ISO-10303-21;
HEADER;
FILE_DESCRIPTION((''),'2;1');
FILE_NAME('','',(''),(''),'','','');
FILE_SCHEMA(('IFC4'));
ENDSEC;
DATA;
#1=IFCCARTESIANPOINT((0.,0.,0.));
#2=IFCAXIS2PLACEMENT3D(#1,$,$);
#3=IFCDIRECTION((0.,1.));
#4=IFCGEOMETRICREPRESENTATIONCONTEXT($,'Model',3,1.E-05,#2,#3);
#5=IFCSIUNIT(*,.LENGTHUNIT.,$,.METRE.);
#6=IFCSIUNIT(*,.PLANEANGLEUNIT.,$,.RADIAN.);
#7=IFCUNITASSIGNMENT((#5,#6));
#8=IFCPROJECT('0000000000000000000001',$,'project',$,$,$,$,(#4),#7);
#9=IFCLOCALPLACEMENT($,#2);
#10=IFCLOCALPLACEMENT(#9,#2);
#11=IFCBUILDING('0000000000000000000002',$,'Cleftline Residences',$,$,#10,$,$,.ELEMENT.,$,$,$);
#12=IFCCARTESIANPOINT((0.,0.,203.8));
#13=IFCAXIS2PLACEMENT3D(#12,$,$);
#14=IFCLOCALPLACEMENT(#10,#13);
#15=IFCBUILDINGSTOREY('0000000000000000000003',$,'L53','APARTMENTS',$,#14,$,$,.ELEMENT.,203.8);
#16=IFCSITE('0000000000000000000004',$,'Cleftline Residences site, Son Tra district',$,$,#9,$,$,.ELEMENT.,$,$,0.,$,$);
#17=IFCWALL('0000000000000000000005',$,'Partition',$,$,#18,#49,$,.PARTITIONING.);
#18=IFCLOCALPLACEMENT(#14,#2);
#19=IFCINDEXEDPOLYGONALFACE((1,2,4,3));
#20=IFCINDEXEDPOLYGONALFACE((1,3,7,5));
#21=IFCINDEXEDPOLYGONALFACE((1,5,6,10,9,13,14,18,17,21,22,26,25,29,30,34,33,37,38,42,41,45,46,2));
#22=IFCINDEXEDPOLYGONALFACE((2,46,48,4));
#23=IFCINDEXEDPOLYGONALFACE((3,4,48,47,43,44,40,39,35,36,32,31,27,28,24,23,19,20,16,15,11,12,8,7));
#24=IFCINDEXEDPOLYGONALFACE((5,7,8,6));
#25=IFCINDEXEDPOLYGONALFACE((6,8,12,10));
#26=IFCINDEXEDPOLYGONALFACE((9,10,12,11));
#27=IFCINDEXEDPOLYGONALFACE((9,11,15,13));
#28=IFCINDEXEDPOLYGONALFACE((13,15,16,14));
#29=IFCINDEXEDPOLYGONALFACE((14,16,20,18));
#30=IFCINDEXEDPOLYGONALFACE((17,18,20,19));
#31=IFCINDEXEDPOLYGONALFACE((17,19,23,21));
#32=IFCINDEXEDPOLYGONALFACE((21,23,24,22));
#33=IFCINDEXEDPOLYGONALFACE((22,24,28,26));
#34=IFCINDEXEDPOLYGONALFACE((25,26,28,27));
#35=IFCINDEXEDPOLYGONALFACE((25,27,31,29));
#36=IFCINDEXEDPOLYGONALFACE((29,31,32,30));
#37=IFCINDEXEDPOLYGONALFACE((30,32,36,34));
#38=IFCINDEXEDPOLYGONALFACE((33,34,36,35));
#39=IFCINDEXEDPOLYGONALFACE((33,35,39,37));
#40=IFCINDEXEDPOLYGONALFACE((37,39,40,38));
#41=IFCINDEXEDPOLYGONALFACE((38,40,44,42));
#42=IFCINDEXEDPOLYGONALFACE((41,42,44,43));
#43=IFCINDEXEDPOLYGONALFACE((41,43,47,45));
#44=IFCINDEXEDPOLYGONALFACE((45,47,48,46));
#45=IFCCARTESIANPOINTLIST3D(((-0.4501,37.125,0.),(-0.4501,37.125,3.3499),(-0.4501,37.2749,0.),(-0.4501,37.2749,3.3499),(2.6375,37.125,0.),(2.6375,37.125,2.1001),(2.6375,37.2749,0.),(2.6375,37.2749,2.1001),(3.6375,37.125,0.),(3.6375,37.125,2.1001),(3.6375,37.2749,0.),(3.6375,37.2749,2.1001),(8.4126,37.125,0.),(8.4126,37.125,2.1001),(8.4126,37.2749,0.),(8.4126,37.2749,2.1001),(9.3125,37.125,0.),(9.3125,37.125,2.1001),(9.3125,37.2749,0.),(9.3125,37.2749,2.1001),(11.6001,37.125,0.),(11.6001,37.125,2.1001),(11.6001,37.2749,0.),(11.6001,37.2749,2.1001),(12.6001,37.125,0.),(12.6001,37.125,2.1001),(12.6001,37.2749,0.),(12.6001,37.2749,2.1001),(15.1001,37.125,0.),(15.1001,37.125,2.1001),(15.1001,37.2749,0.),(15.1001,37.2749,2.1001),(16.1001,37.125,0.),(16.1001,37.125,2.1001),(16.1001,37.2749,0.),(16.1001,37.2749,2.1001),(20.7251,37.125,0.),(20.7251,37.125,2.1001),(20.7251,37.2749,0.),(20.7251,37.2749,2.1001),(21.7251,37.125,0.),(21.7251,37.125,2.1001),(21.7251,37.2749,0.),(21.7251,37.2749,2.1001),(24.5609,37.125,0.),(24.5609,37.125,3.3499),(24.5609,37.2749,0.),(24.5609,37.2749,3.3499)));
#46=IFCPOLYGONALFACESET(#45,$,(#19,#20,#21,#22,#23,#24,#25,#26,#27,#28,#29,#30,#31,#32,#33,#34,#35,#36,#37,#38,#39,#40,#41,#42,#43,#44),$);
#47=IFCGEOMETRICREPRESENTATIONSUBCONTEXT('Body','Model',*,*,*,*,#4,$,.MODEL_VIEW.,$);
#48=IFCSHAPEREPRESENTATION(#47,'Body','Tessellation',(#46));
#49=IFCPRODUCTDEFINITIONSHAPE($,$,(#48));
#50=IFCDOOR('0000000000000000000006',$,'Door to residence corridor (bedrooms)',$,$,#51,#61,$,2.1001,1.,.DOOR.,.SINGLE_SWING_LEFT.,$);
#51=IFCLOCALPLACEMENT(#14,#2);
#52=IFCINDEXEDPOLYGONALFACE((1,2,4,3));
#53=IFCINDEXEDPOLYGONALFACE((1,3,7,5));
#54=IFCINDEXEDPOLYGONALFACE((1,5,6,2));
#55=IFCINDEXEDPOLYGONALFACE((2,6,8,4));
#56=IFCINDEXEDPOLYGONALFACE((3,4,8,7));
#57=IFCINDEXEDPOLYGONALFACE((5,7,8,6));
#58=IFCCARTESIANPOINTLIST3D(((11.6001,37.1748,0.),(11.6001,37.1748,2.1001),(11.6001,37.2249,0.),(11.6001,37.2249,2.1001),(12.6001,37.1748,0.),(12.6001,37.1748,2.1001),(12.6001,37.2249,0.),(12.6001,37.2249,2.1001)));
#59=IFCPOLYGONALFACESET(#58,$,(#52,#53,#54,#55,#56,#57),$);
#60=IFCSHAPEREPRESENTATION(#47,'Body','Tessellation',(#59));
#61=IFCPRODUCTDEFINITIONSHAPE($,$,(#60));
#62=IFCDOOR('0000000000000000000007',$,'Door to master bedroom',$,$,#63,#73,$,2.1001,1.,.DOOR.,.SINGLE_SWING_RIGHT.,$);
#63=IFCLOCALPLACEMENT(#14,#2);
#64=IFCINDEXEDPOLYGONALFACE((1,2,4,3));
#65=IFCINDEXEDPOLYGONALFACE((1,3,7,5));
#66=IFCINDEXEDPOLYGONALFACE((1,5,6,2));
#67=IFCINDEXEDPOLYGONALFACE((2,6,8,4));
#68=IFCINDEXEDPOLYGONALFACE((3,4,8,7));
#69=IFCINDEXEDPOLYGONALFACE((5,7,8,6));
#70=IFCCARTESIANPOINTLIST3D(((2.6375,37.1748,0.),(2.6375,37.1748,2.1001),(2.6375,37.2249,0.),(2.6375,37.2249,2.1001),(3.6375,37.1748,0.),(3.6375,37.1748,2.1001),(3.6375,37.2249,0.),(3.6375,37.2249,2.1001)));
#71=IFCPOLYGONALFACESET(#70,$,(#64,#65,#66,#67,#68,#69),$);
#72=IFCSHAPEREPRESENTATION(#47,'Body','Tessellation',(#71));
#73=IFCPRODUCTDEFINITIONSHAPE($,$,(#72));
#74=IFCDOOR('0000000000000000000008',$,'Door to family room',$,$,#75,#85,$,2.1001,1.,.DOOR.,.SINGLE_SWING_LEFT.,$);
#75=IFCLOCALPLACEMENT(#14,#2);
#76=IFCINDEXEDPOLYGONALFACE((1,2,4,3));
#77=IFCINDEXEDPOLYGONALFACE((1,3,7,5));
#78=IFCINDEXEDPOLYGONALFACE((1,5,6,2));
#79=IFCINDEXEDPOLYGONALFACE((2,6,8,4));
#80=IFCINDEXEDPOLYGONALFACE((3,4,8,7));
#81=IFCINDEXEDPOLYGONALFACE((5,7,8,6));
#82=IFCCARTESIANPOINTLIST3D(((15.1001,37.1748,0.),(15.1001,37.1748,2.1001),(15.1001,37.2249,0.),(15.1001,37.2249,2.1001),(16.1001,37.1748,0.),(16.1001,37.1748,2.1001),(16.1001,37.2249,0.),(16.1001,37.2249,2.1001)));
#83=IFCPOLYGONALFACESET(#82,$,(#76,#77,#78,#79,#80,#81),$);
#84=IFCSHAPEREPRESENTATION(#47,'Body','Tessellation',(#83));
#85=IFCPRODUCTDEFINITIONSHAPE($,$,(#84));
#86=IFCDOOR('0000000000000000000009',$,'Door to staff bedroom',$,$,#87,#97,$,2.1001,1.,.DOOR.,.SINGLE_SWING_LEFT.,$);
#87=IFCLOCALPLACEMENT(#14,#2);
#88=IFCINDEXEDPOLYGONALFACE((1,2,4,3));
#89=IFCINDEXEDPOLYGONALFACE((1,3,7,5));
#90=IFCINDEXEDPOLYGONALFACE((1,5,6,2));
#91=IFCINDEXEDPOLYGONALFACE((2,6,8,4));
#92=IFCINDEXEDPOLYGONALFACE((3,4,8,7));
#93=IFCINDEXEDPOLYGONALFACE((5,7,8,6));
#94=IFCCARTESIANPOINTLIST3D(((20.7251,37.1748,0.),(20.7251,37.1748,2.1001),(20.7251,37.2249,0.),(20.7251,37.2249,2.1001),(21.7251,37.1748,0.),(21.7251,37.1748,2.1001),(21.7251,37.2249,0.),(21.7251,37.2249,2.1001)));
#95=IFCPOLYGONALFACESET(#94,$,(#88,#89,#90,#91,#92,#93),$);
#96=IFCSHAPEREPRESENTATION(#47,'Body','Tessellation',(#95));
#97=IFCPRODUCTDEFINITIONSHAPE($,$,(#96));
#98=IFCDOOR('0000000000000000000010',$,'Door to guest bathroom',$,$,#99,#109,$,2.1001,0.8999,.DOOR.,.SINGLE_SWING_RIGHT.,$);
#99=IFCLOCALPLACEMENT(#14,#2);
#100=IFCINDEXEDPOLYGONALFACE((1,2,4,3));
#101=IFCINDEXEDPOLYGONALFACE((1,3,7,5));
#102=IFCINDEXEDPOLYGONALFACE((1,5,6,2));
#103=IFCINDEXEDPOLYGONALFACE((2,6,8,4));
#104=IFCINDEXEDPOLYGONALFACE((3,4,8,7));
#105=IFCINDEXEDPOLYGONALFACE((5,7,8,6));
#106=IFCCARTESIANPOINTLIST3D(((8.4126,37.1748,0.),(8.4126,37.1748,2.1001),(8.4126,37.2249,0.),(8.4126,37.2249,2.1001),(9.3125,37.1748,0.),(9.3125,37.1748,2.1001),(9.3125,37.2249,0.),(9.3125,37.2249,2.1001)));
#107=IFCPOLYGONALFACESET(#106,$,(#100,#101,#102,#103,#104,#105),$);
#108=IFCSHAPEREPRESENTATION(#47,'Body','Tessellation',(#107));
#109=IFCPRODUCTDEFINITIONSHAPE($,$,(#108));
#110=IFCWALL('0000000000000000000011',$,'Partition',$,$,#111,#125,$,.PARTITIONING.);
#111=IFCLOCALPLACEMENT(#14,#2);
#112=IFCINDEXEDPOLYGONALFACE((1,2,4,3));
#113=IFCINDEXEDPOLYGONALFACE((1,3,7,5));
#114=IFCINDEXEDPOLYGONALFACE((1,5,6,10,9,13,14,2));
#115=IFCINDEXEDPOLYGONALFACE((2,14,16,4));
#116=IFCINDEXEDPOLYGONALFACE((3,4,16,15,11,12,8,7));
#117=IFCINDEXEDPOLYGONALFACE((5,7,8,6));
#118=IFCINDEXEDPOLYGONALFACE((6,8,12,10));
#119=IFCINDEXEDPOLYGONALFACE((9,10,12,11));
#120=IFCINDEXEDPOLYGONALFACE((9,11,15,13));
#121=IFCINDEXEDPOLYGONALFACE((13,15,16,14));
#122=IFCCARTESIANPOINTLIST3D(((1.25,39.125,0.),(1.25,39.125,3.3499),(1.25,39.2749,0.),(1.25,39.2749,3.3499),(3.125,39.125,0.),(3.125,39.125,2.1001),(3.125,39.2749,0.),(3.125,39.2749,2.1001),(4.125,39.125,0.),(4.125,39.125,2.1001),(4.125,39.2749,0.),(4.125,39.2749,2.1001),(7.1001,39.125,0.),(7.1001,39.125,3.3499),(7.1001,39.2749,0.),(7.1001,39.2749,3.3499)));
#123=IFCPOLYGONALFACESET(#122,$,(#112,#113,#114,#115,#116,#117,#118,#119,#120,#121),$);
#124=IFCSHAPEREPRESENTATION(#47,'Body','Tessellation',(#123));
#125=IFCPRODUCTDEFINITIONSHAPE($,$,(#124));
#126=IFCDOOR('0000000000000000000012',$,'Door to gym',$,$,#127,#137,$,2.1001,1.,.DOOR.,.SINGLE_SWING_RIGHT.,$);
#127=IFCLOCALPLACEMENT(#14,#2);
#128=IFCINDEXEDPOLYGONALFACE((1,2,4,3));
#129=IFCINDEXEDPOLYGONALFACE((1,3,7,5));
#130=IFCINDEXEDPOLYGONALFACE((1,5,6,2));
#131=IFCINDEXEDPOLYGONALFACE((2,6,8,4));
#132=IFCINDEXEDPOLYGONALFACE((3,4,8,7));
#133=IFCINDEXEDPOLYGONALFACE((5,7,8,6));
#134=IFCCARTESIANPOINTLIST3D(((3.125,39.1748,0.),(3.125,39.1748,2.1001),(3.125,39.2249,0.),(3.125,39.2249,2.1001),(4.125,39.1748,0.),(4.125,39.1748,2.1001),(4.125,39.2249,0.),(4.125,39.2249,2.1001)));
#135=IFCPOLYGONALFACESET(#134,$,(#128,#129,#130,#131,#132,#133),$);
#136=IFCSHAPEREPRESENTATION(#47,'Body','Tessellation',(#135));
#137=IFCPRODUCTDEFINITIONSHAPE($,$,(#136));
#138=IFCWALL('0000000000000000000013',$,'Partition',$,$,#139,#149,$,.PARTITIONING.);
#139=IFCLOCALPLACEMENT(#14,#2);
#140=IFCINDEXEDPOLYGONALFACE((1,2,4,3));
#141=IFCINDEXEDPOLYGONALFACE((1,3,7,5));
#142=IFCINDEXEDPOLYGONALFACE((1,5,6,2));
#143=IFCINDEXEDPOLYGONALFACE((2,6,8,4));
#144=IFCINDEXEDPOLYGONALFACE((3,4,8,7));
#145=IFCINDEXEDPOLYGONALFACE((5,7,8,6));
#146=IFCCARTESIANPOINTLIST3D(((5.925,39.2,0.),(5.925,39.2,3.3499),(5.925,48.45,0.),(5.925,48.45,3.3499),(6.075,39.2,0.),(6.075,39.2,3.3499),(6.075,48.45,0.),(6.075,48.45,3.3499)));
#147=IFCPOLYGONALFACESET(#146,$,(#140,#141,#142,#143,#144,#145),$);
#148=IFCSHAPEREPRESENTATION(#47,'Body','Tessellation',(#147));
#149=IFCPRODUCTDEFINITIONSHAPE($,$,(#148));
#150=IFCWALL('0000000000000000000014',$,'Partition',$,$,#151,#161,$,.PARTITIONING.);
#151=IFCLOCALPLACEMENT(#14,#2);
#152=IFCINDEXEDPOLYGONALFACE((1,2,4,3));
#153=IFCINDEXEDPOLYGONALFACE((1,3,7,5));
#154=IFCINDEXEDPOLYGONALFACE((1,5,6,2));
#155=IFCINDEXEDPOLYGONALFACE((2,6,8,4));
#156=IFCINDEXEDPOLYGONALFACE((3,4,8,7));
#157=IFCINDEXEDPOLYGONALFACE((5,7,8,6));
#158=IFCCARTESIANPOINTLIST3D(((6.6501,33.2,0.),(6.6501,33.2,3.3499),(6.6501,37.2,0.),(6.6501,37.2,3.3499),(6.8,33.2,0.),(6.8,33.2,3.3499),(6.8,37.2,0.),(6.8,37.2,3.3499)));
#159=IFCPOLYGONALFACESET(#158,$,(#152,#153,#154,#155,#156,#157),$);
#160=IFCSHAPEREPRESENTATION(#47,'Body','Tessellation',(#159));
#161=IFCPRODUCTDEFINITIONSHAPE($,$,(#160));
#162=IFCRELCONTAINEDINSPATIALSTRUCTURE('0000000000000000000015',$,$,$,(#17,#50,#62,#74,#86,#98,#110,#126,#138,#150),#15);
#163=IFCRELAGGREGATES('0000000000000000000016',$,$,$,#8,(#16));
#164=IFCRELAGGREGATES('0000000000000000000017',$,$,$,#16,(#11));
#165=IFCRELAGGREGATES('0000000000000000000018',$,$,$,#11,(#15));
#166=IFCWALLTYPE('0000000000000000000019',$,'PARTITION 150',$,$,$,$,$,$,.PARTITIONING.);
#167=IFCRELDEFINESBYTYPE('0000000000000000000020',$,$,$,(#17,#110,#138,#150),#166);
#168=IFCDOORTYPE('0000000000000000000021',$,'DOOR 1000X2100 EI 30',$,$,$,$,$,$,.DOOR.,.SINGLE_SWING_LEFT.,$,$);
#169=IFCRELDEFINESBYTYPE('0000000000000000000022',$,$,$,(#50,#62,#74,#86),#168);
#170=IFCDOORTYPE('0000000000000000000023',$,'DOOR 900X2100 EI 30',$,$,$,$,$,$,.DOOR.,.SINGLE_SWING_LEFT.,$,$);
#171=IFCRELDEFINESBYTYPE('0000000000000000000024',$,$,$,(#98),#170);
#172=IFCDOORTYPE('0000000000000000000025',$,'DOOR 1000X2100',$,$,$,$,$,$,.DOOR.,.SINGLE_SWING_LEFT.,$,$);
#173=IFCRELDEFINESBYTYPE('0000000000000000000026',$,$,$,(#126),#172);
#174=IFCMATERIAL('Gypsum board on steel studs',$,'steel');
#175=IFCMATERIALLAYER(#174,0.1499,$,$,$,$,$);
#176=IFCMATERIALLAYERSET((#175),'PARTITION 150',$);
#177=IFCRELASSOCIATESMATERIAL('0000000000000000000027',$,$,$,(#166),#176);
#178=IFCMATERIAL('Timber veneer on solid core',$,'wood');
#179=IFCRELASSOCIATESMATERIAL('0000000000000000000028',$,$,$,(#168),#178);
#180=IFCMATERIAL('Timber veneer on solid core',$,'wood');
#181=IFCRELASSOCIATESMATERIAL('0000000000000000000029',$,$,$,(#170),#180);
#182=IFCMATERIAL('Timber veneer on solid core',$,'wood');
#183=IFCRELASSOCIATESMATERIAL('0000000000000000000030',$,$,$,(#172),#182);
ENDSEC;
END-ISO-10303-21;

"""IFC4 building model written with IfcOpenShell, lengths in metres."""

from ifc_helpers import new_model, si_unit, direction, frame, frame_2d, origin, place, context, subcontext, project, spatial, rectangle, extrude, material, layer, layer_set, type_object, element, fill, save


model = new_model("IFC4")

# Units and contexts
model_context = context("Model", 3, precision=1e-05, world=origin(), true_north=direction((0.0, 1.0)))
body_context = subcontext(model_context, "Body", "Model", "MODEL_VIEW")
ifc_project = project(units=[si_unit("LENGTHUNIT", "METRE"), si_unit("PLANEANGLEUNIT", "RADIAN")], contexts=[model_context])

# Site, building, storey
site_placement = place(None, origin())
site = spatial("IfcSite", under=ifc_project, at=site_placement, Name="Cleftline Residences site, Son Tra district", CompositionType="ELEMENT", RefElevation=0.0)
building_placement = place(site_placement, origin())
building = spatial("IfcBuilding", under=site, at=building_placement, Name="Cleftline Residences", CompositionType="ELEMENT")
storey_placement = place(building_placement, frame((0.0, 0.0, 203.8)))
storey = spatial("IfcBuildingStorey", under=building, at=storey_placement, Name="L53", Description="APARTMENTS", CompositionType="ELEMENT", Elevation=203.8)

# Shared definitions
ifc_material_1 = material(Name="Gypsum board on steel studs", Category="steel")
ifc_layer = layer(ifc_material_1, 0.1499)
ifc_layer_set = layer_set([ifc_layer], Name="PARTITION 150")
wall_type = type_object("IfcWallType", Name="PARTITION 150", PredefinedType="PARTITIONING", material=ifc_layer_set)

# Wall, openings, doors
wall_1_placement = place(storey_placement, frame((-0.45, 37.2, 0.0), z_axis=(0.0, 0.0, 1.0), x_axis=(1.0, 0.0, 0.0)))
wall_1 = element("IfcWall", 1, at=wall_1_placement, inside=storey, type_object=wall_type, Name="Partition", PredefinedType="PARTITIONING", context=body_context, shape_type="SweptSolid", body=[
    extrude(rectangle(XDim=25.011, YDim=0.1499, at=frame_2d((12.5054, 0.0))), origin(), (0.0, 0.0, 1.0), 3.3499),
])
opening_1_placement = place(wall_1_placement, frame((12.05, 0.0, 0.0)))
opening_1 = element("IfcOpeningElement", 2, at=opening_1_placement, cuts=wall_1, PredefinedType="OPENING", context=body_context, shape_type="SweptSolid", body=[
    extrude(rectangle(XDim=1.0, YDim=2.1001, at=frame_2d((0.5, 1.05))), frame((0.0, 0.085, 0.0), z_axis=(0.0, -1.0, 0.0), x_axis=(1.0, 0.0, 0.0)), (0.0, 0.0, 1.0), 0.1699),
])
opening_2_placement = place(wall_1_placement, frame((3.0874, 0.0, 0.0)))
opening_2 = element("IfcOpeningElement", 3, at=opening_2_placement, cuts=wall_1, PredefinedType="OPENING", context=body_context, shape_type="SweptSolid", body=[
    extrude(rectangle(XDim=1.0, YDim=2.1001, at=frame_2d((0.5, 1.05))), frame((0.0, 0.085, 0.0), z_axis=(0.0, -1.0, 0.0), x_axis=(1.0, 0.0, 0.0)), (0.0, 0.0, 1.0), 0.1699),
])
opening_3_placement = place(wall_1_placement, frame((8.8625, 0.0, 0.0)))
opening_3 = element("IfcOpeningElement", 4, at=opening_3_placement, cuts=wall_1, PredefinedType="OPENING", context=body_context, shape_type="SweptSolid", body=[
    extrude(rectangle(XDim=0.8999, YDim=2.1001, at=frame_2d((0.45, 1.05))), frame((0.0, 0.085, 0.0), z_axis=(0.0, -1.0, 0.0), x_axis=(1.0, 0.0, 0.0)), (0.0, 0.0, 1.0), 0.1699),
])
opening_4_placement = place(wall_1_placement, frame((15.55, 0.0, 0.0)))
opening_4 = element("IfcOpeningElement", 5, at=opening_4_placement, cuts=wall_1, PredefinedType="OPENING", context=body_context, shape_type="SweptSolid", body=[
    extrude(rectangle(XDim=1.0, YDim=2.1001, at=frame_2d((0.5, 1.05))), frame((0.0, 0.085, 0.0), z_axis=(0.0, -1.0, 0.0), x_axis=(1.0, 0.0, 0.0)), (0.0, 0.0, 1.0), 0.1699),
])
opening_5_placement = place(wall_1_placement, frame((21.175, 0.0, 0.0)))
opening_5 = element("IfcOpeningElement", 6, at=opening_5_placement, cuts=wall_1, PredefinedType="OPENING", context=body_context, shape_type="SweptSolid", body=[
    extrude(rectangle(XDim=1.0, YDim=2.1001, at=frame_2d((0.5, 1.05))), frame((0.0, 0.085, 0.0), z_axis=(0.0, -1.0, 0.0), x_axis=(1.0, 0.0, 0.0)), (0.0, 0.0, 1.0), 0.1699),
])
ifc_material_2 = material(Name="Timber veneer on solid core", Category="wood")
door_type_1 = type_object("IfcDoorType", Name="DOOR 1000X2100 EI 30", OperationType="SINGLE_SWING_LEFT", PredefinedType="DOOR", material=ifc_material_2)
door_1_placement = place(opening_1_placement, origin())
door_1 = element("IfcDoor", 7, at=door_1_placement, inside=storey, type_object=door_type_1, Name="Door to residence corridor (bedrooms)", OperationType="SINGLE_SWING_LEFT", OverallHeight=2.1001, OverallWidth=1.0, PredefinedType="DOOR", context=body_context, shape_type="SweptSolid", body=[
    extrude(rectangle(XDim=1.0, YDim=2.1001, at=frame_2d((0.5, 1.05))), frame((0.0, 0.0249, 0.0), z_axis=(0.0, -1.0, 0.0), x_axis=(1.0, 0.0, 0.0)), (0.0, 0.0, 1.0), 0.05),
])
fill(opening_1, door_1)
door_2_placement = place(opening_2_placement, origin())
door_2 = element("IfcDoor", 8, at=door_2_placement, inside=storey, type_object=door_type_1, Name="Door to master bedroom", OperationType="SINGLE_SWING_RIGHT", OverallHeight=2.1001, OverallWidth=1.0, PredefinedType="DOOR", context=body_context, shape_type="SweptSolid", body=[
    extrude(rectangle(XDim=1.0, YDim=2.1001, at=frame_2d((0.5, 1.05))), frame((0.0, 0.0249, 0.0), z_axis=(0.0, -1.0, 0.0), x_axis=(1.0, 0.0, 0.0)), (0.0, 0.0, 1.0), 0.05),
])
fill(opening_2, door_2)
door_3_placement = place(opening_4_placement, origin())
door_3 = element("IfcDoor", 9, at=door_3_placement, inside=storey, type_object=door_type_1, Name="Door to family room", OperationType="SINGLE_SWING_LEFT", OverallHeight=2.1001, OverallWidth=1.0, PredefinedType="DOOR", context=body_context, shape_type="SweptSolid", body=[
    extrude(rectangle(XDim=1.0, YDim=2.1001, at=frame_2d((0.5, 1.05))), frame((0.0, 0.0249, 0.0), z_axis=(0.0, -1.0, 0.0), x_axis=(1.0, 0.0, 0.0)), (0.0, 0.0, 1.0), 0.05),
])
fill(opening_4, door_3)
door_4_placement = place(opening_5_placement, origin())
door_4 = element("IfcDoor", 10, at=door_4_placement, inside=storey, type_object=door_type_1, Name="Door to staff bedroom", OperationType="SINGLE_SWING_LEFT", OverallHeight=2.1001, OverallWidth=1.0, PredefinedType="DOOR", context=body_context, shape_type="SweptSolid", body=[
    extrude(rectangle(XDim=1.0, YDim=2.1001, at=frame_2d((0.5, 1.05))), frame((0.0, 0.0249, 0.0), z_axis=(0.0, -1.0, 0.0), x_axis=(1.0, 0.0, 0.0)), (0.0, 0.0, 1.0), 0.05),
])
fill(opening_5, door_4)
ifc_material_3 = material(Name="Timber veneer on solid core", Category="wood")
door_type_2 = type_object("IfcDoorType", Name="DOOR 900X2100 EI 30", OperationType="SINGLE_SWING_LEFT", PredefinedType="DOOR", material=ifc_material_3)
door_5_placement = place(opening_3_placement, origin())
door_5 = element("IfcDoor", 11, at=door_5_placement, inside=storey, type_object=door_type_2, Name="Door to guest bathroom", OperationType="SINGLE_SWING_RIGHT", OverallHeight=2.1001, OverallWidth=0.8999, PredefinedType="DOOR", context=body_context, shape_type="SweptSolid", body=[
    extrude(rectangle(XDim=0.8999, YDim=2.1001, at=frame_2d((0.45, 1.05))), frame((0.0, 0.0249, 0.0), z_axis=(0.0, -1.0, 0.0), x_axis=(1.0, 0.0, 0.0)), (0.0, 0.0, 1.0), 0.05),
])
fill(opening_3, door_5)

# Wall, opening, door
wall_2_placement = place(storey_placement, frame((1.25, 39.2, 0.0), z_axis=(0.0, 0.0, 1.0), x_axis=(1.0, 0.0, 0.0)))
wall_2 = element("IfcWall", 12, at=wall_2_placement, inside=storey, type_object=wall_type, Name="Partition", PredefinedType="PARTITIONING", context=body_context, shape_type="SweptSolid", body=[
    extrude(rectangle(XDim=5.8501, YDim=0.1499, at=frame_2d((2.925, 0.0))), origin(), (0.0, 0.0, 1.0), 3.3499),
])
opening_6_placement = place(wall_2_placement, frame((1.875, 0.0, 0.0)))
opening_6 = element("IfcOpeningElement", 13, at=opening_6_placement, cuts=wall_2, PredefinedType="OPENING", context=body_context, shape_type="SweptSolid", body=[
    extrude(rectangle(XDim=1.0, YDim=2.1001, at=frame_2d((0.5, 1.05))), frame((0.0, 0.085, 0.0), z_axis=(0.0, -1.0, 0.0), x_axis=(1.0, 0.0, 0.0)), (0.0, 0.0, 1.0), 0.1699),
])
ifc_material_4 = material(Name="Timber veneer on solid core", Category="wood")
door_type_3 = type_object("IfcDoorType", Name="DOOR 1000X2100", OperationType="SINGLE_SWING_LEFT", PredefinedType="DOOR", material=ifc_material_4)
door_6_placement = place(opening_6_placement, origin())
door_6 = element("IfcDoor", 14, at=door_6_placement, inside=storey, type_object=door_type_3, Name="Door to gym", OperationType="SINGLE_SWING_RIGHT", OverallHeight=2.1001, OverallWidth=1.0, PredefinedType="DOOR", context=body_context, shape_type="SweptSolid", body=[
    extrude(rectangle(XDim=1.0, YDim=2.1001, at=frame_2d((0.5, 1.05))), frame((0.0, 0.0249, 0.0), z_axis=(0.0, -1.0, 0.0), x_axis=(1.0, 0.0, 0.0)), (0.0, 0.0, 1.0), 0.05),
])
fill(opening_6, door_6)

# Walls
wall_3_placement = place(storey_placement, frame((6.0, 39.2, 0.0), z_axis=(0.0, 0.0, 1.0), x_axis=(0.0, 1.0, 0.0)))
element("IfcWall", 15, at=wall_3_placement, inside=storey, type_object=wall_type, Name="Partition", PredefinedType="PARTITIONING", context=body_context, shape_type="SweptSolid", body=[
    extrude(rectangle(XDim=9.25, YDim=0.1499, at=frame_2d((4.625, 0.0))), origin(), (0.0, 0.0, 1.0), 3.3499),
])
wall_4_placement = place(storey_placement, frame((6.7251, 33.2, 0.0), z_axis=(0.0, 0.0, 1.0), x_axis=(0.0, 1.0, 0.0)))
element("IfcWall", 16, at=wall_4_placement, inside=storey, type_object=wall_type, Name="Partition", PredefinedType="PARTITIONING", context=body_context, shape_type="SweptSolid", body=[
    extrude(rectangle(XDim=4.0, YDim=0.1499, at=frame_2d((2.0, 0.0))), origin(), (0.0, 0.0, 1.0), 3.3499),
])

save(model, "model.ifc")
